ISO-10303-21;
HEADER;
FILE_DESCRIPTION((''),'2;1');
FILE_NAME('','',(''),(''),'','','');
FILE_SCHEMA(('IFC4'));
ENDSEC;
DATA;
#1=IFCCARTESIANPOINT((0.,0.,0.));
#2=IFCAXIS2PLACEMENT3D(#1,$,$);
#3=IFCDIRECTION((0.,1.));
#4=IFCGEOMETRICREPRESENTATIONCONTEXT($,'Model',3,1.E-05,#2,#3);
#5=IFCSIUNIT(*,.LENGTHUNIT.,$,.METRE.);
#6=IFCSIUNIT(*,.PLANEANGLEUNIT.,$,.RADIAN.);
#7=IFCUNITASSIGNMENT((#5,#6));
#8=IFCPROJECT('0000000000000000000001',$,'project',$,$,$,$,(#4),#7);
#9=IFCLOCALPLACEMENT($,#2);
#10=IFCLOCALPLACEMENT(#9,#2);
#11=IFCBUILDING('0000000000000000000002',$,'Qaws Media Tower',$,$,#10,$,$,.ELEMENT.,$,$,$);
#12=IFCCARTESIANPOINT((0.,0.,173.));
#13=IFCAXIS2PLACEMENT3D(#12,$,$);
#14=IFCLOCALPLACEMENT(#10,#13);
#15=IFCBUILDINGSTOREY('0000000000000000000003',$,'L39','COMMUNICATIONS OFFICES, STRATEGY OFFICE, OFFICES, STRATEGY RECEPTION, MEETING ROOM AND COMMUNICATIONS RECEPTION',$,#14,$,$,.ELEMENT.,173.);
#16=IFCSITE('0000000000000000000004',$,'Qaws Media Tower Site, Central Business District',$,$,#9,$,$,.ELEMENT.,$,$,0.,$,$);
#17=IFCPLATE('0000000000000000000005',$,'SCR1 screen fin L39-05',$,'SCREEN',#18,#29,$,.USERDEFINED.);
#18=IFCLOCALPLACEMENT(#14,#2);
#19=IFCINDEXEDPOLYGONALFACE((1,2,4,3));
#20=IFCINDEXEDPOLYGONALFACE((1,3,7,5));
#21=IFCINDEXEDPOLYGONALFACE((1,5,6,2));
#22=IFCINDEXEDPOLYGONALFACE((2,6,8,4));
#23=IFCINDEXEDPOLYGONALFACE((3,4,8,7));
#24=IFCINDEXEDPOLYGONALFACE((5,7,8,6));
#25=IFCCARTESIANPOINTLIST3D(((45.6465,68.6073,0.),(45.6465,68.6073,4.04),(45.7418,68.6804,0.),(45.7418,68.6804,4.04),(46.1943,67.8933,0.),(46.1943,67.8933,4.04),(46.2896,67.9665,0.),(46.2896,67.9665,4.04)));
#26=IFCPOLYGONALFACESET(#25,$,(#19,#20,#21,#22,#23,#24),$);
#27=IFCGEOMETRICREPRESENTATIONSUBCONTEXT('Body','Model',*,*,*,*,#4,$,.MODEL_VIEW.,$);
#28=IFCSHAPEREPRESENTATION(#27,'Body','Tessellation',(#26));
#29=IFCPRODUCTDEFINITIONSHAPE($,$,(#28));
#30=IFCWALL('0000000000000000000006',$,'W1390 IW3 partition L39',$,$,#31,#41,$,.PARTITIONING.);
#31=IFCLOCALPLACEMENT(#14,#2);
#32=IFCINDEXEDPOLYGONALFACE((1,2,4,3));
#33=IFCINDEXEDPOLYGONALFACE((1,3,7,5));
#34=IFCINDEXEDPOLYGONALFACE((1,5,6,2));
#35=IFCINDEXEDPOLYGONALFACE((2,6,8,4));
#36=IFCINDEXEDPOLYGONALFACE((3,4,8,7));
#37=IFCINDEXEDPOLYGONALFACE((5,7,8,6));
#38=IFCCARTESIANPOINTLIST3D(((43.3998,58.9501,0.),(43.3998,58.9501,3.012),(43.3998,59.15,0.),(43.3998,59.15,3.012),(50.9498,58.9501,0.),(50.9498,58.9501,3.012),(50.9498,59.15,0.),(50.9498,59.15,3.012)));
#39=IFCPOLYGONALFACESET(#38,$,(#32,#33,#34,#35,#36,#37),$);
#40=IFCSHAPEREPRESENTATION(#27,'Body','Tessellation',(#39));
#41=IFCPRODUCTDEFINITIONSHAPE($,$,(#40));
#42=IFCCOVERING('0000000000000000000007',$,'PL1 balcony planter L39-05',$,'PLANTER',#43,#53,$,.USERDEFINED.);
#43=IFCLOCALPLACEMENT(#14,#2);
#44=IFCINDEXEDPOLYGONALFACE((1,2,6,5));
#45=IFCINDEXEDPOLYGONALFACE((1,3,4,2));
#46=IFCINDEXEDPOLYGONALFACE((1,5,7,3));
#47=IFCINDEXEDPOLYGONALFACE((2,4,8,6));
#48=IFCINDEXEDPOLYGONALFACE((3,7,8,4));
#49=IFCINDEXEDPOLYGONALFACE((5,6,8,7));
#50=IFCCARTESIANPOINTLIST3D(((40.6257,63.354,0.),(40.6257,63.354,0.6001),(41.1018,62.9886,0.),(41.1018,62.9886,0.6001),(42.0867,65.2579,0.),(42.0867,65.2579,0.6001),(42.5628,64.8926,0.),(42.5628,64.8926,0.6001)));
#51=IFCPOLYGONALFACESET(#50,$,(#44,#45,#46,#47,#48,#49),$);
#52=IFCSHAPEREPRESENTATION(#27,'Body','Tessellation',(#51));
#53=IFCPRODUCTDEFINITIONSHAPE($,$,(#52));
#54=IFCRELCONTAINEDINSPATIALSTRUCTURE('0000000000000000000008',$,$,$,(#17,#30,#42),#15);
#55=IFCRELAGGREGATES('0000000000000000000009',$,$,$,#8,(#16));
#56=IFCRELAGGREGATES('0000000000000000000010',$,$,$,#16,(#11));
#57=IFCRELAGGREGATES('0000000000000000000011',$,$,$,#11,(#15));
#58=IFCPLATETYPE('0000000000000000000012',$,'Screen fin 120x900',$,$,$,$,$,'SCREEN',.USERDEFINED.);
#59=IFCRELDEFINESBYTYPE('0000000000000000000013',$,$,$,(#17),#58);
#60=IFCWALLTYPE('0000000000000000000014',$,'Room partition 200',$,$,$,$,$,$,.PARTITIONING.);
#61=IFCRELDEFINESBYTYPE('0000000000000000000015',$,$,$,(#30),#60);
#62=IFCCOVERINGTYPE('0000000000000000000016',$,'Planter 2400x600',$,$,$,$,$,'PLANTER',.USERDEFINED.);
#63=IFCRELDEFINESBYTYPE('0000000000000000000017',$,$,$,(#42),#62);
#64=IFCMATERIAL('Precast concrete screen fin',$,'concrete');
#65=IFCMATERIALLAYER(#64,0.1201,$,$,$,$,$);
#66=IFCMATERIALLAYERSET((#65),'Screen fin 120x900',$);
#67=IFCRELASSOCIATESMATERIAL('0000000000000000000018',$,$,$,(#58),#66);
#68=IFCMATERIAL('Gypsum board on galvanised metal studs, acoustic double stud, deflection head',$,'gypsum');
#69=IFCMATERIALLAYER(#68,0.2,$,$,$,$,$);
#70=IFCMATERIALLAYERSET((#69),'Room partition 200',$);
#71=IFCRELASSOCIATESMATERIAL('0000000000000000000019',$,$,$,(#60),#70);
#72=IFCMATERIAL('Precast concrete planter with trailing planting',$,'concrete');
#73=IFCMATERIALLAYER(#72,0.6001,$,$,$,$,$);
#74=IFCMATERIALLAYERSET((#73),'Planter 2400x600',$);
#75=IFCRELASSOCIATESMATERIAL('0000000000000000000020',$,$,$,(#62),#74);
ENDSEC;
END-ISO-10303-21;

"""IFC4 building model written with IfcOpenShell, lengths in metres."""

from ifc_helpers import new_model, si_unit, direction, frame, frame_2d, origin, origin_2d, place, context, subcontext, project, spatial, rectangle, extrude, material, layer, layer_set, type_object, element, save


model = new_model("IFC4")

# Units and contexts
model_context = context("Model", 3, precision=1e-05, world=origin(), true_north=direction((0.0, 1.0)))
body_context = subcontext(model_context, "Body", "Model", "MODEL_VIEW")
ifc_project = project(units=[si_unit("LENGTHUNIT", "METRE"), si_unit("PLANEANGLEUNIT", "RADIAN")], contexts=[model_context])

# Site, building, storey
site_placement = place(None, origin())
site = spatial("IfcSite", under=ifc_project, at=site_placement, Name="Qaws Media Tower Site, Central Business District", CompositionType="ELEMENT", RefElevation=0.0)
building_placement = place(site_placement, origin())
building = spatial("IfcBuilding", under=site, at=building_placement, Name="Qaws Media Tower", CompositionType="ELEMENT")
storey_placement = place(building_placement, frame((0.0, 0.0, 173.0)))
storey = spatial("IfcBuildingStorey", under=building, at=storey_placement, Name="L39", Description="COMMUNICATIONS OFFICES, STRATEGY OFFICE, OFFICES, STRATEGY RECEPTION, MEETING ROOM AND COMMUNICATIONS RECEPTION", CompositionType="ELEMENT", Elevation=173.0)

# Plate
ifc_material_1 = material(Name="Precast concrete screen fin", Category="concrete")
ifc_layer_1 = layer(ifc_material_1, 0.1201)
ifc_layer_set_1 = layer_set([ifc_layer_1], Name="Screen fin 120x900")
plate_type_1 = type_object("IfcPlateType", Name="Screen fin 120x900", ElementType="SCREEN", PredefinedType="USERDEFINED", material=ifc_layer_set_1)
plate_1_placement = place(storey_placement, frame((45.968, 68.2869, 0.0), z_axis=(0.0, 0.0, 1.0), x_axis=(-0.608761, 0.793353, 0.0)))
element("IfcPlate", 1, at=plate_1_placement, inside=storey, type_object=plate_type_1, Name="SCR1 screen fin L39-05", ObjectType="SCREEN", PredefinedType="USERDEFINED", context=body_context, shape_type="SweptSolid", body=[
    extrude(rectangle(XDim=0.8999, YDim=0.1201, at=origin_2d()), origin(), (0.0, 0.0, 1.0), 4.04),
])

# Wall
ifc_material_2 = material(Name="Gypsum board on galvanised metal studs, acoustic double stud, deflection head", Category="gypsum")
ifc_layer_2 = layer(ifc_material_2, 0.2)
ifc_layer_set_2 = layer_set([ifc_layer_2], Name="Room partition 200")
wall_type = type_object("IfcWallType", Name="Room partition 200", PredefinedType="PARTITIONING", material=ifc_layer_set_2)
wall_placement = place(storey_placement, frame((43.3999, 59.05, 0.0), z_axis=(0.0, 0.0, 1.0), x_axis=(1.0, 0.0, 0.0)))
element("IfcWall", 2, at=wall_placement, inside=storey, type_object=wall_type, Name="W1390 IW3 partition L39", PredefinedType="PARTITIONING", context=body_context, shape_type="SweptSolid", body=[
    extrude(rectangle(XDim=7.55, YDim=0.2, at=frame_2d((3.7749, 0.0))), origin(), (0.0, 0.0, 1.0), 3.012),
])

# Covering
ifc_material_3 = material(Name="Precast concrete planter with trailing planting", Category="concrete")
ifc_layer_3 = layer(ifc_material_3, 0.6001)
ifc_layer_set_3 = layer_set([ifc_layer_3], Name="Planter 2400x600")
covering_type = type_object("IfcCoveringType", Name="Planter 2400x600", ElementType="PLANTER", PredefinedType="USERDEFINED", material=ifc_layer_set_3)
covering_placement = place(storey_placement, frame((41.5942, 64.1233, 0.0), z_axis=(0.0, 0.0, 1.0), x_axis=(-0.608761, -0.793353, 0.0)))
element("IfcCovering", 3, at=covering_placement, inside=storey, type_object=covering_type, Name="PL1 balcony planter L39-05", ObjectType="PLANTER", PredefinedType="USERDEFINED", context=body_context, shape_type="SweptSolid", body=[
    extrude(rectangle(XDim=2.3999, YDim=0.6001, at=origin_2d()), origin(), (0.0, 0.0, 1.0), 0.6001),
])

save(model, "model.ifc")
